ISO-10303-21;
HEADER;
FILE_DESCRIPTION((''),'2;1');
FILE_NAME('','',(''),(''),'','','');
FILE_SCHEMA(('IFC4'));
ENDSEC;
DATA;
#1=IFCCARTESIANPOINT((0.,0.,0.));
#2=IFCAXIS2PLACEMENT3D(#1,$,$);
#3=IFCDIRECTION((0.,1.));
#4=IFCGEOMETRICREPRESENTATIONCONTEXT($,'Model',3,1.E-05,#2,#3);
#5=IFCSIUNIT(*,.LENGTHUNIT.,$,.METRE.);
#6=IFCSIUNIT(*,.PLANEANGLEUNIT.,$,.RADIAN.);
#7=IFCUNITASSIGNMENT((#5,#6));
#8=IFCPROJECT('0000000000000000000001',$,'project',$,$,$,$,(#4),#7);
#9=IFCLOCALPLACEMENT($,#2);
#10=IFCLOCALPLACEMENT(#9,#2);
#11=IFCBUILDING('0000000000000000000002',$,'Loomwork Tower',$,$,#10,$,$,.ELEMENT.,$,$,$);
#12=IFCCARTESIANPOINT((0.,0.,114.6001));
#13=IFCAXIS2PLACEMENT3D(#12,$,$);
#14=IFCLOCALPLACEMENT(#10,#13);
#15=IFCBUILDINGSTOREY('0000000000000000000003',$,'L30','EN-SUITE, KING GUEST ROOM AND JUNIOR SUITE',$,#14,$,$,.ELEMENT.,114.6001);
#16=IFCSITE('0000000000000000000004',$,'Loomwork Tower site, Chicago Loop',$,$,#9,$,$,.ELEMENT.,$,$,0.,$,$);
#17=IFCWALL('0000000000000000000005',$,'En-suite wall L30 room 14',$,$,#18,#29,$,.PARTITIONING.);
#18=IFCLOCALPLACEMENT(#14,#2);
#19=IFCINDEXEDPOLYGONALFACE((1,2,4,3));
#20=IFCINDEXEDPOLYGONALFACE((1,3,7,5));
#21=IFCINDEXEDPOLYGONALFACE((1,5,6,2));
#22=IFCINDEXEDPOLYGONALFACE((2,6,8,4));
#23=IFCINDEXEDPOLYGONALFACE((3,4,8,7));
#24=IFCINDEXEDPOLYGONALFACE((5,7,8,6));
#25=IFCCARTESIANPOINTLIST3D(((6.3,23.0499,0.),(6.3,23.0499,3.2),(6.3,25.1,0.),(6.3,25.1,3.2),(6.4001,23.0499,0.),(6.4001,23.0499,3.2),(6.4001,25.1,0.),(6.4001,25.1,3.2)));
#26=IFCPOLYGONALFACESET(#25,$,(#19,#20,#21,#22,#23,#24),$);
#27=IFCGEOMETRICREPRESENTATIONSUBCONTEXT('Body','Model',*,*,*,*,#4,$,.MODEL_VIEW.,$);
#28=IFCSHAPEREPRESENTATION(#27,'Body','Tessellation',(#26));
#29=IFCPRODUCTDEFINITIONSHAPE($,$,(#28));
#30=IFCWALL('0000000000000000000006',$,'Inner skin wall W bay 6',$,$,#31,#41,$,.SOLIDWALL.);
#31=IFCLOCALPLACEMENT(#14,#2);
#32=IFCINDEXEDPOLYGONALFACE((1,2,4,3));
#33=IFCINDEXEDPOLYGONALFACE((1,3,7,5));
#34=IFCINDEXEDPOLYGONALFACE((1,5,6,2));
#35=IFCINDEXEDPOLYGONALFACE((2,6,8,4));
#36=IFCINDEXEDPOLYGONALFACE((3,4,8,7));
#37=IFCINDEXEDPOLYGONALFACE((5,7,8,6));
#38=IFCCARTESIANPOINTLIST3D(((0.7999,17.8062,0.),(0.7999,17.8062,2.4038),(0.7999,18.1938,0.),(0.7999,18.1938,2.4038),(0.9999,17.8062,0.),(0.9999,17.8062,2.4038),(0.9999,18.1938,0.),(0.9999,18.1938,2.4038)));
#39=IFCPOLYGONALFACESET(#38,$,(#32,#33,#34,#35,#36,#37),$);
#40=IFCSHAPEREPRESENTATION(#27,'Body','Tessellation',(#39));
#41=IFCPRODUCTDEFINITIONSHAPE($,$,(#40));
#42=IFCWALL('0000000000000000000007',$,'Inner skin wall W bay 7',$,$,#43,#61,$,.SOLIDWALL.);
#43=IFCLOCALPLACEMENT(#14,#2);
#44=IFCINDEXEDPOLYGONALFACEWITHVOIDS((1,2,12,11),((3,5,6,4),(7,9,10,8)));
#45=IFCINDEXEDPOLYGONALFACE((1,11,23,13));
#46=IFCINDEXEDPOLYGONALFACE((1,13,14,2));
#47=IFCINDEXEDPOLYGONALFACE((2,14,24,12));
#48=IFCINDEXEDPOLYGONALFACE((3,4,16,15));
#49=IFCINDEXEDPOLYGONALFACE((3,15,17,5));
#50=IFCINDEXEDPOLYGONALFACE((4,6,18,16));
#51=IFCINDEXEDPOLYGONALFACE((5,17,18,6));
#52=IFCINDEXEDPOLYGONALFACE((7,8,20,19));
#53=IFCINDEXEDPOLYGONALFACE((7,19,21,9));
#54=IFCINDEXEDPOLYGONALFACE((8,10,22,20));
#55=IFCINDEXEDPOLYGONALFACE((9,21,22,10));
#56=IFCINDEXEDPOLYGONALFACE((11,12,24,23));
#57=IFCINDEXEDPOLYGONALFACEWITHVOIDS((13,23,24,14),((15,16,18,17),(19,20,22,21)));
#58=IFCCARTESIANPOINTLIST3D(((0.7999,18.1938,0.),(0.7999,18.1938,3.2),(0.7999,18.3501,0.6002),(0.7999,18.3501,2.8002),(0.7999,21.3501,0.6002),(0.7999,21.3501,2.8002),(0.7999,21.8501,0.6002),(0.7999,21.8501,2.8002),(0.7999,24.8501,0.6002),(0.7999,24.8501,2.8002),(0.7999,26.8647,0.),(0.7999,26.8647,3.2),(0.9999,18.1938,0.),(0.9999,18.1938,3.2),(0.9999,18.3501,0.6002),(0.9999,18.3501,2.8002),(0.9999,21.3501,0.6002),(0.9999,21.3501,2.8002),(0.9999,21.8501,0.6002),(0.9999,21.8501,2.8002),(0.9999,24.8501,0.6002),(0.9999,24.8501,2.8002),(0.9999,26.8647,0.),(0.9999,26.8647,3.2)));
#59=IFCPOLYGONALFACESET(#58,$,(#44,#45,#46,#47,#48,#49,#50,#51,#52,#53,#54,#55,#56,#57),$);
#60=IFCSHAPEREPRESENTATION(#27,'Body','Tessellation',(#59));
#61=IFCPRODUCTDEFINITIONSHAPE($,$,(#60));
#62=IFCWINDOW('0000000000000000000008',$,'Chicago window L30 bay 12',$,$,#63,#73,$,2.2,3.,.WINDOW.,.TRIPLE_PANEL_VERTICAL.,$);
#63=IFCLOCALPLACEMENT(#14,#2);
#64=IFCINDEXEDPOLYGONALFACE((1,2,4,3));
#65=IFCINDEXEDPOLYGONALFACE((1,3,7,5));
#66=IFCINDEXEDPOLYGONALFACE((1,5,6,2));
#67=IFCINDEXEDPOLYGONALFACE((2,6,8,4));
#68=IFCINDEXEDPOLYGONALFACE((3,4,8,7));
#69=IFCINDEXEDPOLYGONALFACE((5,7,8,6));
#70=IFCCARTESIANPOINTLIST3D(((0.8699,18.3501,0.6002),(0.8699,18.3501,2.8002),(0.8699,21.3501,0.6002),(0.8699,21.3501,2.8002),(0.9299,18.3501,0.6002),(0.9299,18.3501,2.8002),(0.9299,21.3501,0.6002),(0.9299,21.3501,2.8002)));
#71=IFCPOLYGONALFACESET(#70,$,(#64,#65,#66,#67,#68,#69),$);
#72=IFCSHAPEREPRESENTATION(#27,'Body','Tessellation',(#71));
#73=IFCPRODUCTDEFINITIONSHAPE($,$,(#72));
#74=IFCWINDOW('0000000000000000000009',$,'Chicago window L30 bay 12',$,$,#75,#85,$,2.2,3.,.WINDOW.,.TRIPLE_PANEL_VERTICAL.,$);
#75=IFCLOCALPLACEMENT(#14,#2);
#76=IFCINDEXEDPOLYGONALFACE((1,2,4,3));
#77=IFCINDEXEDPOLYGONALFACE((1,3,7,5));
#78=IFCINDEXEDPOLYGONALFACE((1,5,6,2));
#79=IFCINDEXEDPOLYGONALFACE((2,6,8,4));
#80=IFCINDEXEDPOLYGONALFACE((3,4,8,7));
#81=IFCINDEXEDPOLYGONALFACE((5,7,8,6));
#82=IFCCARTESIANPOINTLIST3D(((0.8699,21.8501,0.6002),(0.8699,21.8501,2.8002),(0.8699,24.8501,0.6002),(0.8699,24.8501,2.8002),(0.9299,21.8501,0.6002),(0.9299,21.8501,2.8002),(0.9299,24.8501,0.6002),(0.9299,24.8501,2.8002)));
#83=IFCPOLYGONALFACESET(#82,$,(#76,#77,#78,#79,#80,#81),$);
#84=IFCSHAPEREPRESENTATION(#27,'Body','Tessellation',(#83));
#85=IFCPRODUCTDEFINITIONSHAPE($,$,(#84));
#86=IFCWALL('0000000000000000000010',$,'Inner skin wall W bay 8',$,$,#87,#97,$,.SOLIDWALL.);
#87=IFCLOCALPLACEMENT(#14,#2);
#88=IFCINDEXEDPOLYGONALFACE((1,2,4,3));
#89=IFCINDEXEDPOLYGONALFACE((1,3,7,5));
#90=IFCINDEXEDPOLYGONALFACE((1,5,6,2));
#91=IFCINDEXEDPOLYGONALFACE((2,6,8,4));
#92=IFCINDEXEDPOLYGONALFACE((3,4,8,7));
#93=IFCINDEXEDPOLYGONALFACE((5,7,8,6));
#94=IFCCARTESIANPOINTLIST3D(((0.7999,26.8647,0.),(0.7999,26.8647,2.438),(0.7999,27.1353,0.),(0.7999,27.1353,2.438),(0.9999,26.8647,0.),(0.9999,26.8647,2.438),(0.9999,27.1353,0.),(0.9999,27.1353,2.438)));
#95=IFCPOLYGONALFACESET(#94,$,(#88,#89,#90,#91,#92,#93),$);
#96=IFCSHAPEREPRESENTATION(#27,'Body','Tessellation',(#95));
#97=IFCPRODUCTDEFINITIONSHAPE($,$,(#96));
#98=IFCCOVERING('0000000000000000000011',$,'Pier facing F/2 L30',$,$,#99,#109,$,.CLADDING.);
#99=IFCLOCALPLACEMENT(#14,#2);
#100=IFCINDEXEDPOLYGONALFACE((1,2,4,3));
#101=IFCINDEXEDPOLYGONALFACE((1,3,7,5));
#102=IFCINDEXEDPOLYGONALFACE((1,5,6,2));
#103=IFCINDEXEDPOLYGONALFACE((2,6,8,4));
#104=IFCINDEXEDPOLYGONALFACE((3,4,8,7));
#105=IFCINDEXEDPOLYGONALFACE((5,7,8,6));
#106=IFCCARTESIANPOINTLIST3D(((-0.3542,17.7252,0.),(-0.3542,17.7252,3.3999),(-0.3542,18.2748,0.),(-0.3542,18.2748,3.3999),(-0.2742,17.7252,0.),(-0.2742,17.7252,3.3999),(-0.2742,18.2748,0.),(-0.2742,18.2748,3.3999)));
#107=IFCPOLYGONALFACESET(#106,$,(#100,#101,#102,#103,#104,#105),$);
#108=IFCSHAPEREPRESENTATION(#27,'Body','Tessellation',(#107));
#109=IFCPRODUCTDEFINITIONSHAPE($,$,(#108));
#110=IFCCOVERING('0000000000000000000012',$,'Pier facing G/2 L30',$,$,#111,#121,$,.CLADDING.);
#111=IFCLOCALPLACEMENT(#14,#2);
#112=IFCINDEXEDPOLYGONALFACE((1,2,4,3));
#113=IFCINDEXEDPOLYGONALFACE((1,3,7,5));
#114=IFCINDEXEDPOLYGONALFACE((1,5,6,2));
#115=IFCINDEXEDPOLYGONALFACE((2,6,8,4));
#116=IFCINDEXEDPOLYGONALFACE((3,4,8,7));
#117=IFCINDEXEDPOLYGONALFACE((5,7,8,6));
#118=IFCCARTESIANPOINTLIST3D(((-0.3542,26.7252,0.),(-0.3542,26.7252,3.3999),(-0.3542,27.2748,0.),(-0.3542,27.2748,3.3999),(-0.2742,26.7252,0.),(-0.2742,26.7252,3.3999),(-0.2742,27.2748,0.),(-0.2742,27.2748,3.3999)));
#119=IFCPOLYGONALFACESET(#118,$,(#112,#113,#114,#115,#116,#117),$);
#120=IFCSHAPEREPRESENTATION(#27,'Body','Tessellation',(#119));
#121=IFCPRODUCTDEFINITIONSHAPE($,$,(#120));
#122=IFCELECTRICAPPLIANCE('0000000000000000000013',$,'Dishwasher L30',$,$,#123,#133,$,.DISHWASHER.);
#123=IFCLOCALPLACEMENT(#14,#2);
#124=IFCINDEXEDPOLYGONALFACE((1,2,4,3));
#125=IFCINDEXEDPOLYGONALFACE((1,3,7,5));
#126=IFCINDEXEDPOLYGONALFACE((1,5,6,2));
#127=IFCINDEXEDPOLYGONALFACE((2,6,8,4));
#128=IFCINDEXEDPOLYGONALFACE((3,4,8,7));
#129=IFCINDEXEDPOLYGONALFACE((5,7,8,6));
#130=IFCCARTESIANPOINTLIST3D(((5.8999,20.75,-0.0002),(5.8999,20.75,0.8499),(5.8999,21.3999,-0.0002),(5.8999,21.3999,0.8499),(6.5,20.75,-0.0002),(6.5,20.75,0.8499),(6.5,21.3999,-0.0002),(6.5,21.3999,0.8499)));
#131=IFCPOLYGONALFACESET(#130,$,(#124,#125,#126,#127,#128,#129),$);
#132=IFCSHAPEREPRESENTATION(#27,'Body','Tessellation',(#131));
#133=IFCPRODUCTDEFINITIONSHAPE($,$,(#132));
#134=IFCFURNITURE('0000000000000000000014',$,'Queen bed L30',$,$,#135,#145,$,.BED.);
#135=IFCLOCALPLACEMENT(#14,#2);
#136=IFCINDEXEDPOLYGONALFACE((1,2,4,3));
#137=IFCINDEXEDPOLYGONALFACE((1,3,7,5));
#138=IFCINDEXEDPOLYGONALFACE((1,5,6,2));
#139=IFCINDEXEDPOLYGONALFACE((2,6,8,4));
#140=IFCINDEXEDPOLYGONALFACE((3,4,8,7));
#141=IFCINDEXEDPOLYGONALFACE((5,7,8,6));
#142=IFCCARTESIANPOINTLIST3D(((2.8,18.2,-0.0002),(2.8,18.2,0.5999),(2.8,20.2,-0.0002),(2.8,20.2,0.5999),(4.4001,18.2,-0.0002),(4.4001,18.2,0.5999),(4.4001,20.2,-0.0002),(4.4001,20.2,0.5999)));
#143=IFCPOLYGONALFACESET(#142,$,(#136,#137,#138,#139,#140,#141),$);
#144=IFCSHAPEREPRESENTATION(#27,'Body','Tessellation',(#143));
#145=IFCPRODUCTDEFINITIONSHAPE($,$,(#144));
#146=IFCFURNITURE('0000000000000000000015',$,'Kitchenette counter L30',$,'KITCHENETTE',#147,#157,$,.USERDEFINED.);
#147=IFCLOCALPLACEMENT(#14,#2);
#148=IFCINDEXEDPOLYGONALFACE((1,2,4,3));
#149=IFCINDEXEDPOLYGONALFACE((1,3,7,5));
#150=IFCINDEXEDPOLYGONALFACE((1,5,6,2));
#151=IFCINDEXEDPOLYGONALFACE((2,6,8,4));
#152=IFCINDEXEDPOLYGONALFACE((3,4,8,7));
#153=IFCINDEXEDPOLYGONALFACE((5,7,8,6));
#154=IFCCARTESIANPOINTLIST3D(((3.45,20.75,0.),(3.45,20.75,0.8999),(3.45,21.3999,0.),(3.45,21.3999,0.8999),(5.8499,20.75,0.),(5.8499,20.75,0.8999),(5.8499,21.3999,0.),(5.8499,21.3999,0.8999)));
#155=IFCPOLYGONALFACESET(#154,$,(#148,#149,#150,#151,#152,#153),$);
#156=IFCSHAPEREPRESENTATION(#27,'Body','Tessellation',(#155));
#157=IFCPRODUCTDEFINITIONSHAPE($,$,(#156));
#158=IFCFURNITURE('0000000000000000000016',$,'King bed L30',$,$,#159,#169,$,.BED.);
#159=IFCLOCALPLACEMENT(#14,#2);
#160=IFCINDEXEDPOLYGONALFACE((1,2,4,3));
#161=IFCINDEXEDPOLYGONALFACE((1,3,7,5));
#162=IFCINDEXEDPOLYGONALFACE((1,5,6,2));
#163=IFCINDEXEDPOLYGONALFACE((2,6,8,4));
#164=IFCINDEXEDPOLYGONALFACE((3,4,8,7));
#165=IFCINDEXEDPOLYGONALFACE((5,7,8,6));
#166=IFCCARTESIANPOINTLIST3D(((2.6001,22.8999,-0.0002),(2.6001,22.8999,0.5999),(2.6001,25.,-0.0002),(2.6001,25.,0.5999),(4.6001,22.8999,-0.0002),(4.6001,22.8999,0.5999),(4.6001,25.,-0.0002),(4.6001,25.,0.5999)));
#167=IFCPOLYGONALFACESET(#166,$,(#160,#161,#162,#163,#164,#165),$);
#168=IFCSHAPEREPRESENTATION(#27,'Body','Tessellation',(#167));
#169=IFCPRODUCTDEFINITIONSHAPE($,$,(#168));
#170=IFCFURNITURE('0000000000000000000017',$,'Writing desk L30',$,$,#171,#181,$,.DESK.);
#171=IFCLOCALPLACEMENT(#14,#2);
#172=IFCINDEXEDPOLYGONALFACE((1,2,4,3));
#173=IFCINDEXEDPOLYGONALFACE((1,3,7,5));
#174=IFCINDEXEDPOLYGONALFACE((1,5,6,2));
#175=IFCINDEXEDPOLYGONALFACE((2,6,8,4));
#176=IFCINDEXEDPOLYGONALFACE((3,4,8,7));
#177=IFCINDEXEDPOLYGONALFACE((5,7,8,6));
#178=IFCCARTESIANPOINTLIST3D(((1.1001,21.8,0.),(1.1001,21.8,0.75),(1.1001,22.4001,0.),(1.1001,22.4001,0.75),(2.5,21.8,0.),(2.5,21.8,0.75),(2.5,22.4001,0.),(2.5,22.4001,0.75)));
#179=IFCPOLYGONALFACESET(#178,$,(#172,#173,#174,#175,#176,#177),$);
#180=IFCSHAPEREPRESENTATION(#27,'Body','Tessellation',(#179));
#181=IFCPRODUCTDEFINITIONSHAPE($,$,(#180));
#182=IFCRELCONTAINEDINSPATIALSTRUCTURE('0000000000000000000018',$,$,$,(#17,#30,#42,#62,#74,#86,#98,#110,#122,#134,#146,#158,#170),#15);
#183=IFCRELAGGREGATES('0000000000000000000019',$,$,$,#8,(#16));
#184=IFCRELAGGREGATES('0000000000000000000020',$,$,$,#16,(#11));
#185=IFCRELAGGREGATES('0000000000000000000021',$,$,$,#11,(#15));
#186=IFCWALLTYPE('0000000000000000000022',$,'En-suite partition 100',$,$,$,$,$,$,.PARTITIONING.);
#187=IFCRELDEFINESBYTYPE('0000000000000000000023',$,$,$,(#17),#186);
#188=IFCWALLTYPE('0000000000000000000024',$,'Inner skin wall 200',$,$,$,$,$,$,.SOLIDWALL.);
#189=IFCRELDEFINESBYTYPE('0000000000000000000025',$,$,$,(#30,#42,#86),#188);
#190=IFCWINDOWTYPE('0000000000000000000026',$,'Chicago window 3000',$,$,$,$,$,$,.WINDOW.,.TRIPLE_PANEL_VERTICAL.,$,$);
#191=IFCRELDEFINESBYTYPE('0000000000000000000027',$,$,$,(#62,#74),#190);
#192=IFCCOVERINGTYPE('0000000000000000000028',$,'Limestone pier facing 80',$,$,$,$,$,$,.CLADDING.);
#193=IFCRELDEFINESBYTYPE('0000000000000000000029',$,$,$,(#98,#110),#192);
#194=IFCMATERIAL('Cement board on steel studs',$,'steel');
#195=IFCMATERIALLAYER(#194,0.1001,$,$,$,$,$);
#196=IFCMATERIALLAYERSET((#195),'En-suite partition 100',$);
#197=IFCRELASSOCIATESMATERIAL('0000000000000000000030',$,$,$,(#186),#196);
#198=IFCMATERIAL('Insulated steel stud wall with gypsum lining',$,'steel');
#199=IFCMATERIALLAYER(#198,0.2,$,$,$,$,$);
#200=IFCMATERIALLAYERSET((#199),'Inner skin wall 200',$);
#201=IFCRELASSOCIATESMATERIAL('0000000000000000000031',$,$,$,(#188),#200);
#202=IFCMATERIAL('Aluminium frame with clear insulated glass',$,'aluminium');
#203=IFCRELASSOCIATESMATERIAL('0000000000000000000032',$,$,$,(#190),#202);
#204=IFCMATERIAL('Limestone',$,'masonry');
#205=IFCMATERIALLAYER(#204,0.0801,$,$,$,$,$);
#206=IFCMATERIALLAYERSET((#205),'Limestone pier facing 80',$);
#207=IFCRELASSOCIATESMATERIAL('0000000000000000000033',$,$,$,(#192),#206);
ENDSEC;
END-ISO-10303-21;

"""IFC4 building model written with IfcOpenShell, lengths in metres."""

from ifc_helpers import new_model, si_unit, direction, frame, frame_2d, origin, origin_2d, place, context, subcontext, project, spatial, rectangle, extrude, material, layer, layer_set, type_object, element, fill, save


model = new_model("IFC4")

# Units and contexts
model_context = context("Model", 3, precision=1e-05, world=origin(), true_north=direction((0.0, 1.0)))
body_context = subcontext(model_context, "Body", "Model", "MODEL_VIEW")
ifc_project = project(units=[si_unit("LENGTHUNIT", "METRE"), si_unit("PLANEANGLEUNIT", "RADIAN")], contexts=[model_context])

# Site, building, storey
site_placement = place(None, origin())
site = spatial("IfcSite", under=ifc_project, at=site_placement, Name="Loomwork Tower site, Chicago Loop", CompositionType="ELEMENT", RefElevation=0.0)
building_placement = place(site_placement, origin())
building = spatial("IfcBuilding", under=site, at=building_placement, Name="Loomwork Tower", CompositionType="ELEMENT")
storey_placement = place(building_placement, frame((0.0, 0.0, 114.6001)))
storey = spatial("IfcBuildingStorey", under=building, at=storey_placement, Name="L30", Description="EN-SUITE, KING GUEST ROOM AND JUNIOR SUITE", CompositionType="ELEMENT", Elevation=114.6001)

# Shared definitions
ifc_material_1 = material(Name="Cement board on steel studs", Category="steel")
ifc_layer_1 = layer(ifc_material_1, 0.1001)
ifc_layer_set_1 = layer_set([ifc_layer_1], Name="En-suite partition 100")
wall_type_1 = type_object("IfcWallType", Name="En-suite partition 100", PredefinedType="PARTITIONING", material=ifc_layer_set_1)

# Walls
wall_1_placement = place(storey_placement, frame((6.3501, 23.05, 0.0), z_axis=(0.0, 0.0, 1.0), x_axis=(0.0, 1.0, 0.0)))
element("IfcWall", 1, at=wall_1_placement, inside=storey, type_object=wall_type_1, Name="En-suite wall L30 room 14", PredefinedType="PARTITIONING", context=body_context, shape_type="SweptSolid", body=[
    extrude(rectangle(XDim=2.05, YDim=0.1001, at=frame_2d((1.0249, 0.0))), origin(), (0.0, 0.0, 1.0), 3.2),
])
ifc_material_2 = material(Name="Insulated steel stud wall with gypsum lining", Category="steel")
ifc_layer_2 = layer(ifc_material_2, 0.2)
ifc_layer_set_2 = layer_set([ifc_layer_2], Name="Inner skin wall 200")
wall_type_2 = type_object("IfcWallType", Name="Inner skin wall 200", PredefinedType="SOLIDWALL", material=ifc_layer_set_2)
wall_2_placement = place(storey_placement, frame((0.8999, 17.8062, 0.0), z_axis=(0.0, 0.0, 1.0), x_axis=(0.0, 1.0, 0.0)))
element("IfcWall", 2, at=wall_2_placement, inside=storey, type_object=wall_type_2, Name="Inner skin wall W bay 6", PredefinedType="SOLIDWALL", context=body_context, shape_type="SweptSolid", body=[
    extrude(rectangle(XDim=0.3877, YDim=0.2, at=frame_2d((0.1938, 0.0))), origin(), (0.0, 0.0, 1.0), 2.4038),
])

# Wall, openings, windows
wall_3_placement = place(storey_placement, frame((0.8999, 18.1938, 0.0), z_axis=(0.0, 0.0, 1.0), x_axis=(0.0, 1.0, 0.0)))
wall_3 = element("IfcWall", 3, at=wall_3_placement, inside=storey, type_object=wall_type_2, Name="Inner skin wall W bay 7", PredefinedType="SOLIDWALL", context=body_context, shape_type="SweptSolid", body=[
    extrude(rectangle(XDim=8.6709, YDim=0.2, at=frame_2d((4.3354, 0.0))), origin(), (0.0, 0.0, 1.0), 3.2),
])
opening_1_placement = place(wall_3_placement, frame((0.1562, 0.0, 0.6001)))
opening_1 = element("IfcOpeningElement", 4, at=opening_1_placement, cuts=wall_3, PredefinedType="OPENING", context=body_context, shape_type="SweptSolid", body=[
    extrude(rectangle(XDim=3.0, YDim=2.2, at=frame_2d((1.5, 1.1001))), frame((0.0, 0.1099, 0.0), z_axis=(0.0, -1.0, 0.0), x_axis=(1.0, 0.0, 0.0)), (0.0, 0.0, 1.0), 0.22),
])
opening_2_placement = place(wall_3_placement, frame((3.6562, 0.0, 0.6001)))
opening_2 = element("IfcOpeningElement", 5, at=opening_2_placement, cuts=wall_3, PredefinedType="OPENING", context=body_context, shape_type="SweptSolid", body=[
    extrude(rectangle(XDim=3.0, YDim=2.2, at=frame_2d((1.5, 1.1001))), frame((0.0, 0.1099, 0.0), z_axis=(0.0, -1.0, 0.0), x_axis=(1.0, 0.0, 0.0)), (0.0, 0.0, 1.0), 0.22),
])
ifc_material_3 = material(Name="Aluminium frame with clear insulated glass", Category="aluminium")
window_type = type_object("IfcWindowType", Name="Chicago window 3000", PartitioningType="TRIPLE_PANEL_VERTICAL", PredefinedType="WINDOW", material=ifc_material_3)
window_1_placement = place(opening_1_placement, origin())
window_1 = element("IfcWindow", 6, at=window_1_placement, inside=storey, type_object=window_type, Name="Chicago window L30 bay 12", OverallHeight=2.2, OverallWidth=3.0, PartitioningType="TRIPLE_PANEL_VERTICAL", PredefinedType="WINDOW", context=body_context, shape_type="SweptSolid", body=[
    extrude(rectangle(XDim=3.0, YDim=2.2, at=frame_2d((1.5, 1.1001))), frame((0.0, 0.03, 0.0), z_axis=(0.0, -1.0, 0.0), x_axis=(1.0, 0.0, 0.0)), (0.0, 0.0, 1.0), 0.0601),
])
fill(opening_1, window_1)
window_2_placement = place(opening_2_placement, origin())
window_2 = element("IfcWindow", 7, at=window_2_placement, inside=storey, type_object=window_type, Name="Chicago window L30 bay 12", OverallHeight=2.2, OverallWidth=3.0, PartitioningType="TRIPLE_PANEL_VERTICAL", PredefinedType="WINDOW", context=body_context, shape_type="SweptSolid", body=[
    extrude(rectangle(XDim=3.0, YDim=2.2, at=frame_2d((1.5, 1.1001))), frame((0.0, 0.03, 0.0), z_axis=(0.0, -1.0, 0.0), x_axis=(1.0, 0.0, 0.0)), (0.0, 0.0, 1.0), 0.0601),
])
fill(opening_2, window_2)

# Wall
wall_4_placement = place(storey_placement, frame((0.8999, 26.8647, 0.0), z_axis=(0.0, 0.0, 1.0), x_axis=(0.0, 1.0, 0.0)))
element("IfcWall", 8, at=wall_4_placement, inside=storey, type_object=wall_type_2, Name="Inner skin wall W bay 8", PredefinedType="SOLIDWALL", context=body_context, shape_type="SweptSolid", body=[
    extrude(rectangle(XDim=0.2705, YDim=0.2, at=frame_2d((0.1353, 0.0))), origin(), (0.0, 0.0, 1.0), 2.438),
])

# Coverings
ifc_material_4 = material(Name="Limestone", Category="masonry")
ifc_layer_3 = layer(ifc_material_4, 0.0801)
ifc_layer_set_3 = layer_set([ifc_layer_3], Name="Limestone pier facing 80")
covering_type = type_object("IfcCoveringType", Name="Limestone pier facing 80", PredefinedType="CLADDING", material=ifc_layer_set_3)
for number, where, z_axis, x_axis, name in (
    (9, (-0.3142, 18.0, 0.0), (0.0, 0.0, 1.0), (1.0, 0.0, 0.0), "Pier facing F/2 L30"),
    (10, (-0.3142, 27.0, 0.0), (0.0, 0.0, 1.0), (1.0, 0.0, 0.0), "Pier facing G/2 L30"),
):
    element("IfcCovering", number, at=place(storey_placement, frame(where, z_axis=z_axis, x_axis=x_axis)), inside=storey, type_object=covering_type, Name=name, PredefinedType="CLADDING", context=body_context, shape_type="SweptSolid", body=[
        extrude(rectangle(XDim=0.0801, YDim=0.5496, at=origin_2d()), origin(), (0.0, 0.0, 1.0), 3.3999),
    ])

# Electric appliance
electric_appliance_placement = place(storey_placement, frame((6.2, 21.075, -0.0002), z_axis=(0.0, 0.0, 1.0), x_axis=(1.0, 0.0, 0.0)))
element("IfcElectricAppliance", 11, at=electric_appliance_placement, inside=storey, Name="Dishwasher L30", PredefinedType="DISHWASHER", context=body_context, shape_type="SweptSolid", body=[
    extrude(rectangle(XDim=0.6001, YDim=0.6499, at=origin_2d()), origin(), (0.0, 0.0, 1.0), 0.8501),
])

# Furniture
furniture_1_placement = place(storey_placement, frame((3.6001, 19.2, -0.0002), z_axis=(0.0, 0.0, 1.0), x_axis=(1.0, 0.0, 0.0)))
element("IfcFurniture", 12, at=furniture_1_placement, inside=storey, Name="Queen bed L30", PredefinedType="BED", context=body_context, shape_type="SweptSolid", body=[
    extrude(rectangle(XDim=1.6001, YDim=2.0, at=origin_2d()), origin(), (0.0, 0.0, 1.0), 0.6001),
])
furniture_2_placement = place(storey_placement, frame((4.6499, 21.075, 0.0), z_axis=(0.0, 0.0, 1.0), x_axis=(1.0, 0.0, 0.0)))
element("IfcFurniture", 13, at=furniture_2_placement, inside=storey, Name="Kitchenette counter L30", ObjectType="KITCHENETTE", PredefinedType="USERDEFINED", context=body_context, shape_type="SweptSolid", body=[
    extrude(rectangle(XDim=2.3999, YDim=0.6499, at=origin_2d()), origin(), (0.0, 0.0, 1.0), 0.8999),
])
furniture_3_placement = place(storey_placement, frame((3.6001, 23.95, -0.0002), z_axis=(0.0, 0.0, 1.0), x_axis=(1.0, 0.0, 0.0)))
element("IfcFurniture", 14, at=furniture_3_placement, inside=storey, Name="King bed L30", PredefinedType="BED", context=body_context, shape_type="SweptSolid", body=[
    extrude(rectangle(XDim=2.0, YDim=2.1001, at=origin_2d()), origin(), (0.0, 0.0, 1.0), 0.6001),
])
furniture_4_placement = place(storey_placement, frame((1.8, 22.1001, 0.0), z_axis=(0.0, 0.0, 1.0), x_axis=(1.0, 0.0, 0.0)))
element("IfcFurniture", 15, at=furniture_4_placement, inside=storey, Name="Writing desk L30", PredefinedType="DESK", context=body_context, shape_type="SweptSolid", body=[
    extrude(rectangle(XDim=1.3999, YDim=0.6001, at=origin_2d()), origin(), (0.0, 0.0, 1.0), 0.75),
])

save(model, "model.ifc")
